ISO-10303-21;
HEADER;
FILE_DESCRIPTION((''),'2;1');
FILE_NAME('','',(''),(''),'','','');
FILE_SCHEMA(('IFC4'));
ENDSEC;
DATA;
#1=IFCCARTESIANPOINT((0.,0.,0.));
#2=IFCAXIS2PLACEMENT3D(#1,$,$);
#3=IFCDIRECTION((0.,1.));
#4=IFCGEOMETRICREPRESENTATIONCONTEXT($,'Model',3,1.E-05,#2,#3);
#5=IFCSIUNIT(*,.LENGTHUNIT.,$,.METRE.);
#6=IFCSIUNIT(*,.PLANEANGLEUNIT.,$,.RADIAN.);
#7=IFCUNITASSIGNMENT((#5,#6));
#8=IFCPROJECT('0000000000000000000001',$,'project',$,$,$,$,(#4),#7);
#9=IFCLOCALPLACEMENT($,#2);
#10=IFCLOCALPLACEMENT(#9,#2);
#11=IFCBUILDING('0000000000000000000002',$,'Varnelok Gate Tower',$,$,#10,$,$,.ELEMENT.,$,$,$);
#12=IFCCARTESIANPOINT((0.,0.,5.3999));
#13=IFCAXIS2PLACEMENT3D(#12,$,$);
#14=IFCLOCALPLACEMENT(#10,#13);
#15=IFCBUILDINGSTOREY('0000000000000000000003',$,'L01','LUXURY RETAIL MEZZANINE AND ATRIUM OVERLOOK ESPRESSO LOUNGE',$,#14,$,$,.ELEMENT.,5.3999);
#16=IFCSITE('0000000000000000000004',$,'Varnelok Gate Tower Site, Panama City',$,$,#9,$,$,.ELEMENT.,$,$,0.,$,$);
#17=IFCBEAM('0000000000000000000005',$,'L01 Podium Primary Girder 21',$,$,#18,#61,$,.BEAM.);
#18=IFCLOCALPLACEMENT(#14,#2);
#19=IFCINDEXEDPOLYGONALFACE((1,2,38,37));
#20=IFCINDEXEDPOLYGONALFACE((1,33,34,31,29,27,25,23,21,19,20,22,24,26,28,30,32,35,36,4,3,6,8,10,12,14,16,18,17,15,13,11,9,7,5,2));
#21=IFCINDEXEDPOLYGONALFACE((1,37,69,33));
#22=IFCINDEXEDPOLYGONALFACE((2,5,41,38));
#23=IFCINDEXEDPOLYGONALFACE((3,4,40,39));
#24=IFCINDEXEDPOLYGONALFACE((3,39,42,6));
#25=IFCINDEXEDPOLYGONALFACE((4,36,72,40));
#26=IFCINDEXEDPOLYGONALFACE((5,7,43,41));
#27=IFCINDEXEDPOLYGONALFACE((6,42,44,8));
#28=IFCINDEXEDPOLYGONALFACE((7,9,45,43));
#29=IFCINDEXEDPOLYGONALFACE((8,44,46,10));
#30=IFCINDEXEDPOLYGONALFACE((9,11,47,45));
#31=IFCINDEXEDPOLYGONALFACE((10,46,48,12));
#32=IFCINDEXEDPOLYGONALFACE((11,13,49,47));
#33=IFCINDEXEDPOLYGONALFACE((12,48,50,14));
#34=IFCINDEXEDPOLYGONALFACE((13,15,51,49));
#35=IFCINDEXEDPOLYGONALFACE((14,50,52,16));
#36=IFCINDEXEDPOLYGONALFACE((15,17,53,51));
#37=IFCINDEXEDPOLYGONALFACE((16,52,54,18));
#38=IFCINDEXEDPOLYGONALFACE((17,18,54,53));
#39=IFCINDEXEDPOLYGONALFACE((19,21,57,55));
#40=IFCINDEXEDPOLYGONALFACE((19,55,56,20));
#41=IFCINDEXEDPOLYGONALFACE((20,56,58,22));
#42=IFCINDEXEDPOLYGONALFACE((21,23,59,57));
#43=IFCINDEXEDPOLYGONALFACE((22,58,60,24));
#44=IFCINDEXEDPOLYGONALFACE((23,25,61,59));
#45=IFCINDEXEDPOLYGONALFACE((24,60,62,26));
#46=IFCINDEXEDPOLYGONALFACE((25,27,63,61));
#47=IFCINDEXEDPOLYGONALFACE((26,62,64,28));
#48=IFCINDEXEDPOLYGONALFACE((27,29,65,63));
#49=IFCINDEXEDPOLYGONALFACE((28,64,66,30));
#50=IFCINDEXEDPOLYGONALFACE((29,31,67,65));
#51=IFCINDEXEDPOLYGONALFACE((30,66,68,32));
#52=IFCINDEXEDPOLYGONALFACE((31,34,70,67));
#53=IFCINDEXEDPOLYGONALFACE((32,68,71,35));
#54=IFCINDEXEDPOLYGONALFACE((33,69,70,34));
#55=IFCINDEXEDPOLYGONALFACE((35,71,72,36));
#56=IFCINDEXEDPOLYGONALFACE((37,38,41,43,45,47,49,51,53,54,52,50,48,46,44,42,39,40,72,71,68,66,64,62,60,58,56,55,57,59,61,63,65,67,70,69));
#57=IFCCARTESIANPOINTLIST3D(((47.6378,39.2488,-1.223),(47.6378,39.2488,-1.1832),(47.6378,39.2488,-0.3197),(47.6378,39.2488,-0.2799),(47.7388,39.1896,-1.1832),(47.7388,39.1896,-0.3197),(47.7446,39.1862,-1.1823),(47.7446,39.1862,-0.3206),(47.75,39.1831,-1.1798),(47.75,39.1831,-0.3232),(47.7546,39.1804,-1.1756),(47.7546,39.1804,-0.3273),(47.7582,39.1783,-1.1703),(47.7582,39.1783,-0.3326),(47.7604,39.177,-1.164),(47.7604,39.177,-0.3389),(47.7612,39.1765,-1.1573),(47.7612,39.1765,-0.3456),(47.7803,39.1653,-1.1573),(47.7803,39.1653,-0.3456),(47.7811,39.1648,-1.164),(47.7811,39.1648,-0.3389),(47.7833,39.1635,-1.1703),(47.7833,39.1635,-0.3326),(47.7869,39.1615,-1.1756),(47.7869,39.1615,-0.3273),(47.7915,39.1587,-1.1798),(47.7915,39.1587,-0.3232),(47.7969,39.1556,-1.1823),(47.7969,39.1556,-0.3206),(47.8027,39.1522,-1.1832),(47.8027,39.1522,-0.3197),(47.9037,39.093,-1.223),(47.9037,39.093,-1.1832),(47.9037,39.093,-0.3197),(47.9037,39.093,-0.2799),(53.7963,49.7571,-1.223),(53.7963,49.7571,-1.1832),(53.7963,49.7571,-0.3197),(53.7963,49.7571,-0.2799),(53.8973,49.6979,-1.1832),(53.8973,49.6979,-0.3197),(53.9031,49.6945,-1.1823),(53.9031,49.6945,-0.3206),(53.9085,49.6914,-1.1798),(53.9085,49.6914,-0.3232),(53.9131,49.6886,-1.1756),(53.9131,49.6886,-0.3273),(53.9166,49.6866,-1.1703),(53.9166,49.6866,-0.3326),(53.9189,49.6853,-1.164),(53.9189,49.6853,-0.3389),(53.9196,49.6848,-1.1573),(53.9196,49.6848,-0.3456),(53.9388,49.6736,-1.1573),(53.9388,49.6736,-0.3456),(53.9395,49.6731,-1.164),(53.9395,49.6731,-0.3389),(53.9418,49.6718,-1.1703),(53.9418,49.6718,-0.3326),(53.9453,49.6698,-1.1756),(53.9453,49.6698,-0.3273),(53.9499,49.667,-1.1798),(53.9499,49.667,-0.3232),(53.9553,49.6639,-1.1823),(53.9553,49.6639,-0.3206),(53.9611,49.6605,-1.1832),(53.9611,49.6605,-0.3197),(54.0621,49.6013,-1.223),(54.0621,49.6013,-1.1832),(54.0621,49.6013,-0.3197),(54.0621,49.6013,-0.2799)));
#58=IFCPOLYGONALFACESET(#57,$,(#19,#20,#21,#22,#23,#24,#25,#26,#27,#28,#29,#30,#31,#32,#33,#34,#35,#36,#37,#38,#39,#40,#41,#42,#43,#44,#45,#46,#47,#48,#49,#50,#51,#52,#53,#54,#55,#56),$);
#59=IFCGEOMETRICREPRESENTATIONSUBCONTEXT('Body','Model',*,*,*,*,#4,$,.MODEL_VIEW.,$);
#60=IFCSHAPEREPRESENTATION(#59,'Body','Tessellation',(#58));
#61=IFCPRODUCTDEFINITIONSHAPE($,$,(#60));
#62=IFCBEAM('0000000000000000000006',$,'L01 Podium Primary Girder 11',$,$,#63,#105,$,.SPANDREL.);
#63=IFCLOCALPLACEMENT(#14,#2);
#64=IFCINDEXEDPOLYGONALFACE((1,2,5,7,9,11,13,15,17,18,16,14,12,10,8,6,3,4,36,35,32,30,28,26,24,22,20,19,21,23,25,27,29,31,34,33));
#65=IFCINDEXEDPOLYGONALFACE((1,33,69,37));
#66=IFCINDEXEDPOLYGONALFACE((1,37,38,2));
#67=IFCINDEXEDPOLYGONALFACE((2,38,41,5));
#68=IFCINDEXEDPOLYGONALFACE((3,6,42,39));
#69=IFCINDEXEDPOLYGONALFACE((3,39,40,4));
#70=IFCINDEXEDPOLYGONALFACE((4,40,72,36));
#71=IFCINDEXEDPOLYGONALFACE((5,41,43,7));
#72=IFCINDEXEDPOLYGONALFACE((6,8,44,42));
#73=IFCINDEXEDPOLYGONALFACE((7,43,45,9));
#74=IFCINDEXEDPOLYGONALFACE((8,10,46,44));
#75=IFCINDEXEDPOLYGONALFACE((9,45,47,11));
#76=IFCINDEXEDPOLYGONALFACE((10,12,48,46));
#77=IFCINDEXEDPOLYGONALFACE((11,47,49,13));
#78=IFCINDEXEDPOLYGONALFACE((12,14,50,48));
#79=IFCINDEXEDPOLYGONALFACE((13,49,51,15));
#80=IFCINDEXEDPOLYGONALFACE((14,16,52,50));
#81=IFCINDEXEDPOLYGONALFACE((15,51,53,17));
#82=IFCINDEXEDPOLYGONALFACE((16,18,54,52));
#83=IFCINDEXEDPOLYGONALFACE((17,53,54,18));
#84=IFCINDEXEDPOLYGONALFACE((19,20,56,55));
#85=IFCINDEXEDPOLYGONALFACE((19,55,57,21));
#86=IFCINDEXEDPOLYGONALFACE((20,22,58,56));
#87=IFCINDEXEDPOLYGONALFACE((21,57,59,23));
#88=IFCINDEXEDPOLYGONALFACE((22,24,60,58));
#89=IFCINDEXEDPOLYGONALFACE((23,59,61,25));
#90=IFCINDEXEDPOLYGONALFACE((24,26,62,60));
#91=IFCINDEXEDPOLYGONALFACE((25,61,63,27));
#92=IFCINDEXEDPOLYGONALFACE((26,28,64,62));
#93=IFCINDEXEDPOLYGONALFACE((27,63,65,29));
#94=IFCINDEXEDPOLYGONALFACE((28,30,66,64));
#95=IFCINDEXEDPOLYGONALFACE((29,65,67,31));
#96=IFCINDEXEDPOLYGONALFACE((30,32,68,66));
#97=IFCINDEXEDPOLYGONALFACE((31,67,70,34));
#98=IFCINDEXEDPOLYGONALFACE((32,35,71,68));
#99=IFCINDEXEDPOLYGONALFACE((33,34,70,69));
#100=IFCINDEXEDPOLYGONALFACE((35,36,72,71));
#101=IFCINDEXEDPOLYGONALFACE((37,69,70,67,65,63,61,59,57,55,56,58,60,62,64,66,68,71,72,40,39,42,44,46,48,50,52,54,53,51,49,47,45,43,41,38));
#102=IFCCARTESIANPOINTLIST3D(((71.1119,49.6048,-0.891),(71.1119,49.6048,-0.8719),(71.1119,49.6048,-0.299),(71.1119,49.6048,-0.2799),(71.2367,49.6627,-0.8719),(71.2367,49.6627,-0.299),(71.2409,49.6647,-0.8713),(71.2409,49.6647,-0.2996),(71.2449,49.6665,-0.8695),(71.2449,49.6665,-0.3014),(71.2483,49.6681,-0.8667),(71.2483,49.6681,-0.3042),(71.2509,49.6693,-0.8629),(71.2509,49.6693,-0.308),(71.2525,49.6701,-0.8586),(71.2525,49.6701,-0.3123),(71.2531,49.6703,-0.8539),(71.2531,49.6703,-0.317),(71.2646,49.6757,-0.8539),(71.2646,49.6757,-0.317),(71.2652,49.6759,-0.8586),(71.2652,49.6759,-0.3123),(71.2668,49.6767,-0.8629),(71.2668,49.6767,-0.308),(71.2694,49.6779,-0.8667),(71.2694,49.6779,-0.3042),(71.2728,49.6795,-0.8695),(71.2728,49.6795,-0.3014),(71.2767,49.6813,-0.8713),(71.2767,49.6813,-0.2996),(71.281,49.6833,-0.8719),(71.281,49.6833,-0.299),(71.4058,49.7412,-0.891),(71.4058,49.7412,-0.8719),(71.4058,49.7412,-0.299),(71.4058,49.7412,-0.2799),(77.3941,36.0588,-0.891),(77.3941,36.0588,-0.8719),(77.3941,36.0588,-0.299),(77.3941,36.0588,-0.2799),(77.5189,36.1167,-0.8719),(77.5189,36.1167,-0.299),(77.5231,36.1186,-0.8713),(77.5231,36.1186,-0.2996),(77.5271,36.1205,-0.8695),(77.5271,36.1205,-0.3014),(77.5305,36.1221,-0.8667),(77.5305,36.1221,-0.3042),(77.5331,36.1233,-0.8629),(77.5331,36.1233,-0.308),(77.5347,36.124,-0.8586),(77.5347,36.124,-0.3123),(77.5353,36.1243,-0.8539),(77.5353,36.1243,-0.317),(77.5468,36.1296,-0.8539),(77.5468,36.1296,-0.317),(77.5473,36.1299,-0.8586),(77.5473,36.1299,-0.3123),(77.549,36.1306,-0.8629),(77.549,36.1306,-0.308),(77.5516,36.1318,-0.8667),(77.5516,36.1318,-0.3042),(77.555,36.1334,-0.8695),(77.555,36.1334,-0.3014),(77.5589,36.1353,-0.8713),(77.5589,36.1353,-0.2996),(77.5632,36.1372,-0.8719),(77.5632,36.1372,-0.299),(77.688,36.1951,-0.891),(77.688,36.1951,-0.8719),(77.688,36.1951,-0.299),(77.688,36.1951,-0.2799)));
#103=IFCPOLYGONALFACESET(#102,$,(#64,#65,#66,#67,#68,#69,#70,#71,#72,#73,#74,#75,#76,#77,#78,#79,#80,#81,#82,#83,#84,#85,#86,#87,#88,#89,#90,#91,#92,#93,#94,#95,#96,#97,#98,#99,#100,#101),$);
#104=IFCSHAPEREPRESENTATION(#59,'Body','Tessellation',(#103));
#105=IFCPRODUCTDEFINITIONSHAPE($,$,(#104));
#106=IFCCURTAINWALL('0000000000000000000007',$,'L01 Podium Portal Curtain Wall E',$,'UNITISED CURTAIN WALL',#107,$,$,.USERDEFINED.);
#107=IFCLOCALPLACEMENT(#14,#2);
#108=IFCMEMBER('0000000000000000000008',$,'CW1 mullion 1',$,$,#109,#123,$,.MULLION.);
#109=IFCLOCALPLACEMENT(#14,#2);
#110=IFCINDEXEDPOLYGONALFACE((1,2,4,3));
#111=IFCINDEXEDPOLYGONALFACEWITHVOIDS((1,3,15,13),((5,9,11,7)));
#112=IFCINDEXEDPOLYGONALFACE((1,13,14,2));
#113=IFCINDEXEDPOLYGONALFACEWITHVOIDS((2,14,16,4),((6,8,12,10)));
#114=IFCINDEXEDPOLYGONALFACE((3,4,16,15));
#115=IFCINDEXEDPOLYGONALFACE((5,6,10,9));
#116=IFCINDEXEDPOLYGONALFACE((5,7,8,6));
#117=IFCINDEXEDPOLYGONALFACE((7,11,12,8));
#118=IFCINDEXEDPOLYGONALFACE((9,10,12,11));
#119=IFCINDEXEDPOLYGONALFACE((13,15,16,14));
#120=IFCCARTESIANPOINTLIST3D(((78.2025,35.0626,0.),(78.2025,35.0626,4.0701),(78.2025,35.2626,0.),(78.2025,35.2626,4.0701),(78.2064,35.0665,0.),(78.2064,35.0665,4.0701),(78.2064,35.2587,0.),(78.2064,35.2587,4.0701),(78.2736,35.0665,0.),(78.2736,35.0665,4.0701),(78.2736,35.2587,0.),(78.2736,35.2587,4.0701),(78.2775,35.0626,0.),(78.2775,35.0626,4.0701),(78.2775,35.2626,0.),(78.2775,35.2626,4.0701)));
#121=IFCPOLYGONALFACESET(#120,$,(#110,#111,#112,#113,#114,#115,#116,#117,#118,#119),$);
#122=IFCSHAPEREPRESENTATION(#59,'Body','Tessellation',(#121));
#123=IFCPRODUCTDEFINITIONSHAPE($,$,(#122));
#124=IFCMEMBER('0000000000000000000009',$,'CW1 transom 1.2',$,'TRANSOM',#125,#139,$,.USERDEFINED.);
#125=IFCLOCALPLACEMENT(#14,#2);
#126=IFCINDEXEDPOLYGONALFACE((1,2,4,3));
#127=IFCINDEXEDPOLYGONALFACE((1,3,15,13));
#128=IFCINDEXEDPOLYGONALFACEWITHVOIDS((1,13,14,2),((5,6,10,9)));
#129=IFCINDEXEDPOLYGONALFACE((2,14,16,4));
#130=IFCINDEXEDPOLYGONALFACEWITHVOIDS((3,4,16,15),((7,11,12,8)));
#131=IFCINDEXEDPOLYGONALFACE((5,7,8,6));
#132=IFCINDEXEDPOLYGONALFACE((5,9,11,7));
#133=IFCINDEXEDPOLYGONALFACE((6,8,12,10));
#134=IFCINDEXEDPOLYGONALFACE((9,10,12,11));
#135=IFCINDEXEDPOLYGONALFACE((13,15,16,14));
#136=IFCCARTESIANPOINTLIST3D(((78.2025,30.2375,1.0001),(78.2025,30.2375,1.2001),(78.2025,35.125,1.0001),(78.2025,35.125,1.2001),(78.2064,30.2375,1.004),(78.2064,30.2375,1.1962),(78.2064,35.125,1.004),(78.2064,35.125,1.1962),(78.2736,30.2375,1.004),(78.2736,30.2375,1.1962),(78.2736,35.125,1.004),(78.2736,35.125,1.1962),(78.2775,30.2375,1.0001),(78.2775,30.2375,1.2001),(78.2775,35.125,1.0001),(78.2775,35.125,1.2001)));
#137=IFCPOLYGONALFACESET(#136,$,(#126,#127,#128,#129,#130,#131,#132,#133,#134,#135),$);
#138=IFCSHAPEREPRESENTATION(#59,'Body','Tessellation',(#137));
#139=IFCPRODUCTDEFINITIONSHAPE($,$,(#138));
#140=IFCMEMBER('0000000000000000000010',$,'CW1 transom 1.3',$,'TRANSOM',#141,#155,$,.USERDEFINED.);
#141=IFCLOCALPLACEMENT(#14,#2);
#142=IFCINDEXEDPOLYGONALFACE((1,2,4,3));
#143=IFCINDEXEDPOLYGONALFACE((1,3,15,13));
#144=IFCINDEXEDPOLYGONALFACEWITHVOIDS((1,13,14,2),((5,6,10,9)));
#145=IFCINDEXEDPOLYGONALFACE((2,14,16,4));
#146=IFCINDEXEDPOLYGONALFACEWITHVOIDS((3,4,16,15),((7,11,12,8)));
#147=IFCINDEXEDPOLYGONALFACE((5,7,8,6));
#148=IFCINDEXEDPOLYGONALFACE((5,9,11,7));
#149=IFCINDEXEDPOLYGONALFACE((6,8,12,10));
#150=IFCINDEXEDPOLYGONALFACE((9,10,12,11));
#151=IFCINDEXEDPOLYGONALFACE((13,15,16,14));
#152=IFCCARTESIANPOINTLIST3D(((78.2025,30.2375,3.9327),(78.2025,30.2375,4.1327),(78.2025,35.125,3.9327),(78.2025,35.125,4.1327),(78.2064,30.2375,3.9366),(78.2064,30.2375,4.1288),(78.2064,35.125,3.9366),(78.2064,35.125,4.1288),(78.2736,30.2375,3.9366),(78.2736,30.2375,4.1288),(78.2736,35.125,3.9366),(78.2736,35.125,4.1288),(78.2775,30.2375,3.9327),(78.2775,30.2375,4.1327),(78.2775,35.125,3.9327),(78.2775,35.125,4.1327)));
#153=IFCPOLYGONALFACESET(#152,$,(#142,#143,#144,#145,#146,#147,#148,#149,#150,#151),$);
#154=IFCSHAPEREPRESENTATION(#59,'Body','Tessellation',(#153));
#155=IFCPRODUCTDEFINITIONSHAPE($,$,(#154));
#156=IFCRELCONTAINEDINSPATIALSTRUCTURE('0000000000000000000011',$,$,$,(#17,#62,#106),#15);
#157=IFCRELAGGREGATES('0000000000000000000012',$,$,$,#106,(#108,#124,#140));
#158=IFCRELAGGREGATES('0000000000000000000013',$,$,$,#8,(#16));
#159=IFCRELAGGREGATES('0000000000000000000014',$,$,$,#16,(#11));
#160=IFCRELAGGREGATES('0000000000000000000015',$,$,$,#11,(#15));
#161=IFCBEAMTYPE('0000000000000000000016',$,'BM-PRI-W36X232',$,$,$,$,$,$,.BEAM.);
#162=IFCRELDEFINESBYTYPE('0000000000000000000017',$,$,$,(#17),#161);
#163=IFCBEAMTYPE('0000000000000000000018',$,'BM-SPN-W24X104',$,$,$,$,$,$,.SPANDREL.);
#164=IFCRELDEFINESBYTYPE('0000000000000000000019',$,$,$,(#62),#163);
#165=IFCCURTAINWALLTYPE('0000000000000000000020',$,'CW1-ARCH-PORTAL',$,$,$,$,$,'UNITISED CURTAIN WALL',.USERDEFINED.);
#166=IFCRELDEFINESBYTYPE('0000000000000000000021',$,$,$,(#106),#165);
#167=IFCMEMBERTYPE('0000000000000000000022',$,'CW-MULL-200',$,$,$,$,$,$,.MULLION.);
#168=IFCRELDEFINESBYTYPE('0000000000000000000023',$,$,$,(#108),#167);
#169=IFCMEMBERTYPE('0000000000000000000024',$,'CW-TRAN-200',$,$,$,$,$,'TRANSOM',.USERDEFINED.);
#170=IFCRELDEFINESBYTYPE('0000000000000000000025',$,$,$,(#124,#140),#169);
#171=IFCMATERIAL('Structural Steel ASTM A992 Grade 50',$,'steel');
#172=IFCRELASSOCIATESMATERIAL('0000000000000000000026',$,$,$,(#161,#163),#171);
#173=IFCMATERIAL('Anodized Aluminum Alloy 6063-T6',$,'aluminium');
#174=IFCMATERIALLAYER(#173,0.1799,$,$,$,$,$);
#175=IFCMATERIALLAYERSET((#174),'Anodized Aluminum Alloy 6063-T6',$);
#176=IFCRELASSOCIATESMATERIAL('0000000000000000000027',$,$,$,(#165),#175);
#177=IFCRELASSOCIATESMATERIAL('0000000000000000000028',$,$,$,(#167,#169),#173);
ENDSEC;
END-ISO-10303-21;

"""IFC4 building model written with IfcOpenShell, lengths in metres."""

from ifc_helpers import new_model, si_unit, direction, frame, origin, origin_2d, place, context, subcontext, project, spatial, hollow_rectangle, i_section, extrude, material, layer, layer_set, material_profile, profile_set, type_object, element, aggregate, save


model = new_model("IFC4")

# Units and contexts
model_context = context("Model", 3, precision=1e-05, world=origin(), true_north=direction((0.0, 1.0)))
body_context = subcontext(model_context, "Body", "Model", "MODEL_VIEW")
ifc_project = project(units=[si_unit("LENGTHUNIT", "METRE"), si_unit("PLANEANGLEUNIT", "RADIAN")], contexts=[model_context])

# Site, building, storey
site_placement = place(None, origin())
site = spatial("IfcSite", under=ifc_project, at=site_placement, Name="Varnelok Gate Tower Site, Panama City", CompositionType="ELEMENT", RefElevation=0.0)
building_placement = place(site_placement, origin())
building = spatial("IfcBuilding", under=site, at=building_placement, Name="Varnelok Gate Tower", CompositionType="ELEMENT")
storey_placement = place(building_placement, frame((0.0, 0.0, 5.3999)))
storey = spatial("IfcBuildingStorey", under=building, at=storey_placement, Name="L01", Description="LUXURY RETAIL MEZZANINE AND ATRIUM OVERLOOK ESPRESSO LOUNGE", CompositionType="ELEMENT", Elevation=5.3999)

# Beams
ifc_material_1 = material(Name="Structural Steel ASTM A992 Grade 50", Category="steel")
ifc_material_profile_1 = material_profile(ifc_material_1, i_section(OverallWidth=0.3081, OverallDepth=0.9431, WebThickness=0.0222, FlangeThickness=0.0398, FilletRadius=0.0259, at=origin_2d()), Name="W36X232")
ifc_profile_set_1 = profile_set([ifc_material_profile_1], Name="Structural Steel ASTM A992 Grade 50")
beam_type_1 = type_object("IfcBeamType", Name="BM-PRI-W36X232", PredefinedType="BEAM", material=ifc_profile_set_1)
beam_1_placement = place(storey_placement, frame((53.9292, 49.6792, -0.7515), z_axis=(-0.505622, -0.862755, 0.0), x_axis=(0.862755, -0.505622, 0.0)))
element("IfcBeam", 1, at=beam_1_placement, inside=storey, type_object=beam_type_1, Name="L01 Podium Primary Girder 21", PredefinedType="BEAM", context=body_context, shape_type="SweptSolid", body=[
    extrude(i_section(OverallWidth=0.3081, OverallDepth=0.9431, WebThickness=0.0222, FlangeThickness=0.0398, FilletRadius=0.0259, at=origin_2d()), origin(), (0.0, 0.0, 1.0), 12.1799),
])
ifc_material_profile_2 = material_profile(ifc_material_1, i_section(OverallWidth=0.324, OverallDepth=0.6111, WebThickness=0.0127, FlangeThickness=0.019, FilletRadius=0.0181, at=origin_2d()), Name="W24X104")
ifc_profile_set_2 = profile_set([ifc_material_profile_2], Name="Structural Steel ASTM A992 Grade 50")
beam_type_2 = type_object("IfcBeamType", Name="BM-SPN-W24X104", PredefinedType="SPANDREL", material=ifc_profile_set_2)
beam_2_placement = place(storey_placement, frame((77.541, 36.127, -0.5854), z_axis=(-0.420723, 0.907189, 0.0), x_axis=(-0.907189, -0.420723, 0.0)))
element("IfcBeam", 2, at=beam_2_placement, inside=storey, type_object=beam_type_2, Name="L01 Podium Primary Girder 11", PredefinedType="SPANDREL", context=body_context, shape_type="SweptSolid", body=[
    extrude(i_section(OverallWidth=0.324, OverallDepth=0.6111, WebThickness=0.0127, FlangeThickness=0.019, FilletRadius=0.0181, at=origin_2d()), origin(), (0.0, 0.0, 1.0), 14.9319),
])

# Curtain wall, members
ifc_material_2 = material(Name="Anodized Aluminum Alloy 6063-T6", Category="aluminium")
ifc_layer_1 = layer(ifc_material_2, 0.1799)
ifc_layer_set_1 = layer_set([ifc_layer_1], Name="Anodized Aluminum Alloy 6063-T6")
curtain_wall_type = type_object("IfcCurtainWallType", Name="CW1-ARCH-PORTAL", ElementType="UNITISED CURTAIN WALL", PredefinedType="USERDEFINED", material=ifc_layer_set_1)
curtain_wall_placement = place(storey_placement, origin())
curtain_wall = element("IfcCurtainWall", 3, at=curtain_wall_placement, inside=storey, type_object=curtain_wall_type, Name="L01 Podium Portal Curtain Wall E", ObjectType="UNITISED CURTAIN WALL", PredefinedType="USERDEFINED")
ifc_material_profile_3 = material_profile(ifc_material_2, hollow_rectangle(XDim=0.075, YDim=0.2, WallThickness=0.0039, at=origin_2d()), Name="ALU200X75X4")
ifc_profile_set_3 = profile_set([ifc_material_profile_3], Name="Anodized Aluminum Alloy 6063-T6")
member_type_1 = type_object("IfcMemberType", Name="CW-MULL-200", PredefinedType="MULLION", material=ifc_profile_set_3)
member_1_placement = place(storey_placement, frame((78.24, 35.1626, 0.0), z_axis=(0.0, 0.0, 1.0), x_axis=(1.0, 0.0, 0.0)))
member_1 = element("IfcMember", 4, at=member_1_placement, type_object=member_type_1, Name="CW1 mullion 1", PredefinedType="MULLION", context=body_context, shape_type="SweptSolid", body=[
    extrude(hollow_rectangle(XDim=0.075, YDim=0.2, WallThickness=0.0039, at=origin_2d()), origin(), (0.0, 0.0, 1.0), 4.0701),
])
ifc_material_profile_4 = material_profile(ifc_material_2, hollow_rectangle(XDim=0.075, YDim=0.2, WallThickness=0.0039, at=origin_2d()), Name="ALU200X75X4")
ifc_profile_set_4 = profile_set([ifc_material_profile_4], Name="Anodized Aluminum Alloy 6063-T6")
member_type_2 = type_object("IfcMemberType", Name="CW-TRAN-200", ElementType="TRANSOM", PredefinedType="USERDEFINED", material=ifc_profile_set_4)
member_2_placement = place(storey_placement, frame((78.24, 35.125, 1.1001), z_axis=(0.0, -1.0, 0.0), x_axis=(1.0, 0.0, 0.0)))
member_2 = element("IfcMember", 5, at=member_2_placement, type_object=member_type_2, Name="CW1 transom 1.2", ObjectType="TRANSOM", PredefinedType="USERDEFINED", context=body_context, shape_type="SweptSolid", body=[
    extrude(hollow_rectangle(XDim=0.075, YDim=0.2, WallThickness=0.0039, at=origin_2d()), origin(), (0.0, 0.0, 1.0), 4.8875),
])
member_3_placement = place(storey_placement, frame((78.24, 35.125, 4.0327), z_axis=(0.0, -1.0, 0.0), x_axis=(1.0, 0.0, 0.0)))
member_3 = element("IfcMember", 6, at=member_3_placement, type_object=member_type_2, Name="CW1 transom 1.3", ObjectType="TRANSOM", PredefinedType="USERDEFINED", context=body_context, shape_type="SweptSolid", body=[
    extrude(hollow_rectangle(XDim=0.075, YDim=0.2, WallThickness=0.0039, at=origin_2d()), origin(), (0.0, 0.0, 1.0), 4.8875),
])
aggregate(curtain_wall, [member_1, member_2, member_3])

save(model, "model.ifc")
